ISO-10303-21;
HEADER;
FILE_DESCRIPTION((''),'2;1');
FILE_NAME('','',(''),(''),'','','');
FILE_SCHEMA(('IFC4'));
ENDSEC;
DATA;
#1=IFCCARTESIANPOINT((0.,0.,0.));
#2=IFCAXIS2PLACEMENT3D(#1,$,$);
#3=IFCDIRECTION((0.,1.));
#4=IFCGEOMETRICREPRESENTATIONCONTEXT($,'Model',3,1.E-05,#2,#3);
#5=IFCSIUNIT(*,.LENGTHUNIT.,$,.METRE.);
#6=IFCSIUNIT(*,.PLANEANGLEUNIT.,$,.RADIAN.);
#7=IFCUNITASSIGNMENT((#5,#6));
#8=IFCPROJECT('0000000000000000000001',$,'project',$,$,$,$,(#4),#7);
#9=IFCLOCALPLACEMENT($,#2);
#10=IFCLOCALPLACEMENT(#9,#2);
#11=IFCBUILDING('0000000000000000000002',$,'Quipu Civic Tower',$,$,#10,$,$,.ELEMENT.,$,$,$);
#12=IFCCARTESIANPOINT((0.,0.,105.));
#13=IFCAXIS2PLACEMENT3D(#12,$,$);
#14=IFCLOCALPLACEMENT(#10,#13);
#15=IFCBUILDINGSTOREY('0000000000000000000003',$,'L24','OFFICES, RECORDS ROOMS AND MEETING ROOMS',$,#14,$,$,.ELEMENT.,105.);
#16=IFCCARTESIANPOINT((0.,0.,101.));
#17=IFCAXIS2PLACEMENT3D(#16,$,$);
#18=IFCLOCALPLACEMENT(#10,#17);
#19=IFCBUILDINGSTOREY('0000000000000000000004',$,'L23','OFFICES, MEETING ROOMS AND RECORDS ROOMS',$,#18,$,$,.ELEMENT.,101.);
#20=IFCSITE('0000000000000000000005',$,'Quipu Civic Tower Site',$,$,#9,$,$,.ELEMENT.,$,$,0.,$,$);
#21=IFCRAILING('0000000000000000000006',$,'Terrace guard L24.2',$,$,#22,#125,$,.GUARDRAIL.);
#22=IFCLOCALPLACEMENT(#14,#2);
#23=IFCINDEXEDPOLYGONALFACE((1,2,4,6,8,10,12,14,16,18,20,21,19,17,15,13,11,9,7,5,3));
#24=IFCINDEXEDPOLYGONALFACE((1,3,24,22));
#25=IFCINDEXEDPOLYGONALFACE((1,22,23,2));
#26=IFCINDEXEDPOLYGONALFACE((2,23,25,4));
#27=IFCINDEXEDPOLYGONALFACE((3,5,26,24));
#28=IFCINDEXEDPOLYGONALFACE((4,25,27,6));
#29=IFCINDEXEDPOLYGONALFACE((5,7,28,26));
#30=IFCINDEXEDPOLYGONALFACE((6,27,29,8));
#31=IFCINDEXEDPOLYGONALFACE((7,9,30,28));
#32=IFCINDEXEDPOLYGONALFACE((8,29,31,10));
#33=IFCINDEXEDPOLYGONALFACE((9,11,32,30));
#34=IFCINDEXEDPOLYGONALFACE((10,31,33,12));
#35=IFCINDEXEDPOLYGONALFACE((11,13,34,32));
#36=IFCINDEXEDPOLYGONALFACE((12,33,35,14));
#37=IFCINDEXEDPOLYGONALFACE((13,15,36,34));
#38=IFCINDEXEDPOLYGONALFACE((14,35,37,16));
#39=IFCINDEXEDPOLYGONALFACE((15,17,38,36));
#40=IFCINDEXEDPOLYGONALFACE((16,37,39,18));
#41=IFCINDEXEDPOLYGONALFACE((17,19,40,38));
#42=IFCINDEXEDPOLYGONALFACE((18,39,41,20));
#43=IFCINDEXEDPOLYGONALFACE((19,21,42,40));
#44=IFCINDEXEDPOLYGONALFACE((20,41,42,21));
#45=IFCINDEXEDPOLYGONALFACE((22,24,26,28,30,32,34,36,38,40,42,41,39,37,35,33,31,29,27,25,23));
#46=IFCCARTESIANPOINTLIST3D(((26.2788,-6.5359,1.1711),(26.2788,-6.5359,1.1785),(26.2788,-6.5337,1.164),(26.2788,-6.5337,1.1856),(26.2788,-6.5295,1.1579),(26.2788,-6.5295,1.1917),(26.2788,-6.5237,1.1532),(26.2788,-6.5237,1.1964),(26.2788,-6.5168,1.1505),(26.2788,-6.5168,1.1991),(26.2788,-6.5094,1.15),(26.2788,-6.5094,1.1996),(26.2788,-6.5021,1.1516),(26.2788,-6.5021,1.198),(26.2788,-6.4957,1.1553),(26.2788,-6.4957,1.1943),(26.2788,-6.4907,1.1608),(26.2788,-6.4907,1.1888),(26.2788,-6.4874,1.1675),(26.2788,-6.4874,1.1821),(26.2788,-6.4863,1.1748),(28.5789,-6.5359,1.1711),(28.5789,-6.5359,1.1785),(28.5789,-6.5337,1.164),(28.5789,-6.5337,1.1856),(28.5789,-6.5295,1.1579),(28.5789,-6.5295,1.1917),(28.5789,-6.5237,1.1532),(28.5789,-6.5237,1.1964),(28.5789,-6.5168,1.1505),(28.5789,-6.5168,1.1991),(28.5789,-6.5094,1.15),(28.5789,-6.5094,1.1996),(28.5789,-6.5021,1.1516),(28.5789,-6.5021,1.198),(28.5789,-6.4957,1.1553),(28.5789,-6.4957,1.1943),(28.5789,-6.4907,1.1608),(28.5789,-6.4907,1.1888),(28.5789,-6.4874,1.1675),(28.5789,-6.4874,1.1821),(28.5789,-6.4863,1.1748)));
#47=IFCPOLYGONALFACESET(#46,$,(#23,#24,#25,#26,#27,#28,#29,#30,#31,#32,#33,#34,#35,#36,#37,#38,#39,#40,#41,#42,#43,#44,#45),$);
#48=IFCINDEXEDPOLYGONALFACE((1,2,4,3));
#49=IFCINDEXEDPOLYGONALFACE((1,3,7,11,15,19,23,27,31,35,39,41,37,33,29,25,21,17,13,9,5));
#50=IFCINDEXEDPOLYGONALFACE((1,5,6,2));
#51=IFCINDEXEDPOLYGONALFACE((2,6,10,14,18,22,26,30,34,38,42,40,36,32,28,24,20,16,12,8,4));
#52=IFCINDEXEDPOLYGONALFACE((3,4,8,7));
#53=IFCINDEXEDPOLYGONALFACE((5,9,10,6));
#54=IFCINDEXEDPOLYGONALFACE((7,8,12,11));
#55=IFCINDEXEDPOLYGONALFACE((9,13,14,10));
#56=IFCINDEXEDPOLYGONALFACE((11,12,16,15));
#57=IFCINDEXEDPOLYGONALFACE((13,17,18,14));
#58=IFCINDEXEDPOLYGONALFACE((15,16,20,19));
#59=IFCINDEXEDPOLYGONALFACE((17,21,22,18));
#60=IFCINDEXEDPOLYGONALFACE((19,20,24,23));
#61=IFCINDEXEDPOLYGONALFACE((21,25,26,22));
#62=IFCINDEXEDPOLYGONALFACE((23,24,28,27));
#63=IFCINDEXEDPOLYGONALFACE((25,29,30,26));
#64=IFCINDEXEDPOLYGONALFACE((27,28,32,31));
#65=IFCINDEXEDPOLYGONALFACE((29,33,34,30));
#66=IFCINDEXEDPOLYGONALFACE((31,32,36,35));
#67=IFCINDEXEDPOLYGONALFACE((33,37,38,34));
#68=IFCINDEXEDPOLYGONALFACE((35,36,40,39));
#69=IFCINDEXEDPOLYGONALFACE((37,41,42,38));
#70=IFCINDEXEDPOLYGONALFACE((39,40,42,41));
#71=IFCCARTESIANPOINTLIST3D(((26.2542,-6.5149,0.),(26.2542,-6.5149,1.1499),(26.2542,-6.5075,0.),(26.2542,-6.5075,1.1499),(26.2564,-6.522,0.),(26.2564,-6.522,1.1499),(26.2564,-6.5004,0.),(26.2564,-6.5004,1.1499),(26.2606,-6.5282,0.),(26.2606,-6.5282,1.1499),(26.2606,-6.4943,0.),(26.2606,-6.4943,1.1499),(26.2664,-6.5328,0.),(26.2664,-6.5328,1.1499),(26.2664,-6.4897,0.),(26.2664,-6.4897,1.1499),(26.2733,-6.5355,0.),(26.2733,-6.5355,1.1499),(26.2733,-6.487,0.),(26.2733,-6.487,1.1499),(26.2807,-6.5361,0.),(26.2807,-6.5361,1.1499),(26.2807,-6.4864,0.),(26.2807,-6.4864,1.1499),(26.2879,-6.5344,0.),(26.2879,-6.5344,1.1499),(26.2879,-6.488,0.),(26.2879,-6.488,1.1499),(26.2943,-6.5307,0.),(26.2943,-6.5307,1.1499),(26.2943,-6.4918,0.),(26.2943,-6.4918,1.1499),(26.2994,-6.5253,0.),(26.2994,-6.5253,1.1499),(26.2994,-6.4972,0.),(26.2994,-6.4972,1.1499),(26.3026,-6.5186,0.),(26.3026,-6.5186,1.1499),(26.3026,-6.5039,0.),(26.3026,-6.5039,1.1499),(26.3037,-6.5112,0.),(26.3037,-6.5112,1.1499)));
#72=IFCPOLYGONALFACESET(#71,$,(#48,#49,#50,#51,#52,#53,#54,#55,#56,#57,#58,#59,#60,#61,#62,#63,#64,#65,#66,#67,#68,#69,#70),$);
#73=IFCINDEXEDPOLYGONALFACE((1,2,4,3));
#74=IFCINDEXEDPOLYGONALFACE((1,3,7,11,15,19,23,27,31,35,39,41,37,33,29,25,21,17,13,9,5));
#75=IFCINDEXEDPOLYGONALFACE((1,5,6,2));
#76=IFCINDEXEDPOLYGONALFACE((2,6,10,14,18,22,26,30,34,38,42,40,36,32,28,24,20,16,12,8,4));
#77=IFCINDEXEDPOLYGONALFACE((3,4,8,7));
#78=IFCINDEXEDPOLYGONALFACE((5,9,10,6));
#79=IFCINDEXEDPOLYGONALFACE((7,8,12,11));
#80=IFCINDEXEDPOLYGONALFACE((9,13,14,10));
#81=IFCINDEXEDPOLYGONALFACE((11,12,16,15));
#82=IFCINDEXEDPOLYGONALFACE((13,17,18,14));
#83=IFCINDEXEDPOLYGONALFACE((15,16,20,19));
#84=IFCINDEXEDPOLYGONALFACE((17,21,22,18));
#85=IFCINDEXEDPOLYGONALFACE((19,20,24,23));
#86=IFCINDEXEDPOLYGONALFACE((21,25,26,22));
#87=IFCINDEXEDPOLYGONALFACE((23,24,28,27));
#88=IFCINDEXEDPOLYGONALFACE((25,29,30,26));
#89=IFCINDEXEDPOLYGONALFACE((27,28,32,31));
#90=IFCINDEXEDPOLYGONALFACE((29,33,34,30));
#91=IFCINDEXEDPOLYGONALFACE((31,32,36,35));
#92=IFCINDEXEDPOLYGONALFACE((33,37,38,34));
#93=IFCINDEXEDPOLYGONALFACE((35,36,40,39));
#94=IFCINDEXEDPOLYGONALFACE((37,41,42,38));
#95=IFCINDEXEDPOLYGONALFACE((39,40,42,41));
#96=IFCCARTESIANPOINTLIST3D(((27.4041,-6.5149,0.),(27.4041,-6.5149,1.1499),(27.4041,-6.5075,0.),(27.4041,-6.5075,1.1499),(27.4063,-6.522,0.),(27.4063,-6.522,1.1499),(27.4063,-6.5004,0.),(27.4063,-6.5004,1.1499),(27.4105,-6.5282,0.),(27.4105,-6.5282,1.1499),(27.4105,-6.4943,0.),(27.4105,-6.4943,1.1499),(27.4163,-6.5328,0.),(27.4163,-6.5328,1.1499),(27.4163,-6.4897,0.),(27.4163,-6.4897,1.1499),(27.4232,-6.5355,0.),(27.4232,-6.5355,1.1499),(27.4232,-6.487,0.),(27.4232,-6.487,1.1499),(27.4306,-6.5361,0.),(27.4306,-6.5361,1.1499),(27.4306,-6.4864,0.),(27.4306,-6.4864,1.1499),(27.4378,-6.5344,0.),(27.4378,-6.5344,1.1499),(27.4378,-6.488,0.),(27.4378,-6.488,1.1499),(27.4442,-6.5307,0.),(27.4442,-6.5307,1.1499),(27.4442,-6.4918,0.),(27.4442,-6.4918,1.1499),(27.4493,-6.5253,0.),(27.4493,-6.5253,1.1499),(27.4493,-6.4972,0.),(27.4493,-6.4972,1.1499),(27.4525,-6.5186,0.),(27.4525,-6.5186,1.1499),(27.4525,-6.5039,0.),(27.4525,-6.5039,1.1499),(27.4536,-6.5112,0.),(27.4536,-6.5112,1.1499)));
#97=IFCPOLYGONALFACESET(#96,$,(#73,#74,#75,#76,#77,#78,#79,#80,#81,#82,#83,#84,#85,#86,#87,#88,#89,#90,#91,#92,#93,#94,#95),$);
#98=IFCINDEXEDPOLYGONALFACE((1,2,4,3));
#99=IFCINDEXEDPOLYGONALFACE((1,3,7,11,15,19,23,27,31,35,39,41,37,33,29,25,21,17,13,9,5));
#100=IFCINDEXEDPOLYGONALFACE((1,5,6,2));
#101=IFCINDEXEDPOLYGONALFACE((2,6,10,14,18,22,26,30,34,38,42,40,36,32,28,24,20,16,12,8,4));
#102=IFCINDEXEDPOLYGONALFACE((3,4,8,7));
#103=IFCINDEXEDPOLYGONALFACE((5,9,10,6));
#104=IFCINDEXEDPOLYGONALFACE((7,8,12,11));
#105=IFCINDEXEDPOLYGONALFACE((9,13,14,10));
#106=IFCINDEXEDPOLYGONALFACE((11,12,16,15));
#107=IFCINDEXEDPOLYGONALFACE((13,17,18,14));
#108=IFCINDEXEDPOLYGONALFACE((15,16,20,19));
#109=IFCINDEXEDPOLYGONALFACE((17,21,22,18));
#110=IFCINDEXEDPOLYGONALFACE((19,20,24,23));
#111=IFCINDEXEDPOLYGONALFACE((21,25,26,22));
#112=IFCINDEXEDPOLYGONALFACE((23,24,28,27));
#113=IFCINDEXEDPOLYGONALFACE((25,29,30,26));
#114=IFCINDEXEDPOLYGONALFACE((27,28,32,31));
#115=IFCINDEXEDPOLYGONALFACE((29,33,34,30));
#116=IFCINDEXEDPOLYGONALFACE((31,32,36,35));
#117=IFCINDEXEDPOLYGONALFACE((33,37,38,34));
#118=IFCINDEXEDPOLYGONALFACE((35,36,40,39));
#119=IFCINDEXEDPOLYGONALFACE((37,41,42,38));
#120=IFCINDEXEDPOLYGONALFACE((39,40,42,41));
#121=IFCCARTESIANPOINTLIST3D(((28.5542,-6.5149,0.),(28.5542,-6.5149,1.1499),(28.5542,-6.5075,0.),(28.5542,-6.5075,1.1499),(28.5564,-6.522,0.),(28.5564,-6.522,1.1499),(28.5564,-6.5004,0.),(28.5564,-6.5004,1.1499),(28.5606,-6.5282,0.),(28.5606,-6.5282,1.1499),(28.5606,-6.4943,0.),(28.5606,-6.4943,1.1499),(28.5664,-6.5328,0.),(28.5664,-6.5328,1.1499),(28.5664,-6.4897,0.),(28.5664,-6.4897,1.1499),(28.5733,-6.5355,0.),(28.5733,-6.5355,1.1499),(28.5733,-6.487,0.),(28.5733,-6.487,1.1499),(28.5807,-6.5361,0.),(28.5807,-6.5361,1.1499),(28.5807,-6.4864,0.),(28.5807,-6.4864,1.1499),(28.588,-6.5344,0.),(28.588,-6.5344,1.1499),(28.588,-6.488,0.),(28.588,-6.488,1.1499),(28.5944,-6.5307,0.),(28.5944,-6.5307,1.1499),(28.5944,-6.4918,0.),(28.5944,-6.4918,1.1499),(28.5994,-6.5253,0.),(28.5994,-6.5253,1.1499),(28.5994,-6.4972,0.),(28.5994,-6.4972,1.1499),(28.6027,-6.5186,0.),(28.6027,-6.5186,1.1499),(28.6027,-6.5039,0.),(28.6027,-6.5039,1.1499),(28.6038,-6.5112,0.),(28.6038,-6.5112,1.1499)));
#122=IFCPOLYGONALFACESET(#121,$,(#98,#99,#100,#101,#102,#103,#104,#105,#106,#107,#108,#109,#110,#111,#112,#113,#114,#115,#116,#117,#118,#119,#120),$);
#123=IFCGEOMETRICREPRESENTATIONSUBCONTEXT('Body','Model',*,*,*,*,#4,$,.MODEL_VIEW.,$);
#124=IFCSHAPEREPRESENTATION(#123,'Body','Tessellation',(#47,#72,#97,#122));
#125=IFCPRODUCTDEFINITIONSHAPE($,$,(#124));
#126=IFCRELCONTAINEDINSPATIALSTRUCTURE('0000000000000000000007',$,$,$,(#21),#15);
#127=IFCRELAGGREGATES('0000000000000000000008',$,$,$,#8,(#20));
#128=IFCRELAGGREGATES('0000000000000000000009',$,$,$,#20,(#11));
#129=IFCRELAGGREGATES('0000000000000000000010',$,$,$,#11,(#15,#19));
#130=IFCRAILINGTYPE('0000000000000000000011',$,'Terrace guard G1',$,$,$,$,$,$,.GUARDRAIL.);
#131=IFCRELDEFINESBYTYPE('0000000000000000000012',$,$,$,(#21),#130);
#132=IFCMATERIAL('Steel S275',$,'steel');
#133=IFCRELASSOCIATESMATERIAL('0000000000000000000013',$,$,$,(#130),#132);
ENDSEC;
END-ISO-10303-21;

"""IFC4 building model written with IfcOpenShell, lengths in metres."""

from ifc_helpers import new_model, si_unit, direction, frame, origin, origin_2d, place, context, subcontext, project, spatial, circle, extrude, material, type_object, element, save


model = new_model("IFC4")

# Units and contexts
model_context = context("Model", 3, precision=1e-05, world=origin(), true_north=direction((0.0, 1.0)))
body_context = subcontext(model_context, "Body", "Model", "MODEL_VIEW")
ifc_project = project(units=[si_unit("LENGTHUNIT", "METRE"), si_unit("PLANEANGLEUNIT", "RADIAN")], contexts=[model_context])

# Site, building, storey
site_placement = place(None, origin())
site = spatial("IfcSite", under=ifc_project, at=site_placement, Name="Quipu Civic Tower Site", CompositionType="ELEMENT", RefElevation=0.0)
building_placement = place(site_placement, origin())
building = spatial("IfcBuilding", under=site, at=building_placement, Name="Quipu Civic Tower", CompositionType="ELEMENT")
storey_1_placement = place(building_placement, frame((0.0, 0.0, 105.0)))
storey_1 = spatial("IfcBuildingStorey", under=building, at=storey_1_placement, Name="L24", Description="OFFICES, RECORDS ROOMS AND MEETING ROOMS", CompositionType="ELEMENT", Elevation=105.0)

# Shared definitions
storey_2_placement = place(building_placement, frame((0.0, 0.0, 101.0)))
storey_2 = spatial("IfcBuildingStorey", under=building, at=storey_2_placement, Name="L23", Description="OFFICES, MEETING ROOMS AND RECORDS ROOMS", CompositionType="ELEMENT", Elevation=101.0)

# Railing
ifc_material_1 = material(Name="Steel S275", Category="steel")
railing_type = type_object("IfcRailingType", Name="Terrace guard G1", PredefinedType="GUARDRAIL", material=ifc_material_1)
railing_1_placement = place(storey_1_placement, frame((26.2788, -6.5112, 0.0)))
element("IfcRailing", 1, at=railing_1_placement, inside=storey_1, type_object=railing_type, Name="Terrace guard L24.2", PredefinedType="GUARDRAIL", context=body_context, shape_type="SweptSolid", body=[
    extrude(circle(Radius=0.0249, at=origin_2d()), frame((0.0, 0.0, 1.1748), z_axis=(1.0, 0.0, 0.0), x_axis=(0.0, 1.0, 0.0)), (0.0, 0.0, 1.0), 2.3),
    extrude(circle(Radius=0.0249, at=origin_2d()), origin(), (0.0, 0.0, 1.0), 1.1499),
    extrude(circle(Radius=0.0249, at=origin_2d()), frame((1.1499, 0.0, 0.0)), (0.0, 0.0, 1.0), 1.1499),
    extrude(circle(Radius=0.0249, at=origin_2d()), frame((2.3, 0.0, 0.0)), (0.0, 0.0, 1.0), 1.1499),
])

save(model, "model.ifc")
